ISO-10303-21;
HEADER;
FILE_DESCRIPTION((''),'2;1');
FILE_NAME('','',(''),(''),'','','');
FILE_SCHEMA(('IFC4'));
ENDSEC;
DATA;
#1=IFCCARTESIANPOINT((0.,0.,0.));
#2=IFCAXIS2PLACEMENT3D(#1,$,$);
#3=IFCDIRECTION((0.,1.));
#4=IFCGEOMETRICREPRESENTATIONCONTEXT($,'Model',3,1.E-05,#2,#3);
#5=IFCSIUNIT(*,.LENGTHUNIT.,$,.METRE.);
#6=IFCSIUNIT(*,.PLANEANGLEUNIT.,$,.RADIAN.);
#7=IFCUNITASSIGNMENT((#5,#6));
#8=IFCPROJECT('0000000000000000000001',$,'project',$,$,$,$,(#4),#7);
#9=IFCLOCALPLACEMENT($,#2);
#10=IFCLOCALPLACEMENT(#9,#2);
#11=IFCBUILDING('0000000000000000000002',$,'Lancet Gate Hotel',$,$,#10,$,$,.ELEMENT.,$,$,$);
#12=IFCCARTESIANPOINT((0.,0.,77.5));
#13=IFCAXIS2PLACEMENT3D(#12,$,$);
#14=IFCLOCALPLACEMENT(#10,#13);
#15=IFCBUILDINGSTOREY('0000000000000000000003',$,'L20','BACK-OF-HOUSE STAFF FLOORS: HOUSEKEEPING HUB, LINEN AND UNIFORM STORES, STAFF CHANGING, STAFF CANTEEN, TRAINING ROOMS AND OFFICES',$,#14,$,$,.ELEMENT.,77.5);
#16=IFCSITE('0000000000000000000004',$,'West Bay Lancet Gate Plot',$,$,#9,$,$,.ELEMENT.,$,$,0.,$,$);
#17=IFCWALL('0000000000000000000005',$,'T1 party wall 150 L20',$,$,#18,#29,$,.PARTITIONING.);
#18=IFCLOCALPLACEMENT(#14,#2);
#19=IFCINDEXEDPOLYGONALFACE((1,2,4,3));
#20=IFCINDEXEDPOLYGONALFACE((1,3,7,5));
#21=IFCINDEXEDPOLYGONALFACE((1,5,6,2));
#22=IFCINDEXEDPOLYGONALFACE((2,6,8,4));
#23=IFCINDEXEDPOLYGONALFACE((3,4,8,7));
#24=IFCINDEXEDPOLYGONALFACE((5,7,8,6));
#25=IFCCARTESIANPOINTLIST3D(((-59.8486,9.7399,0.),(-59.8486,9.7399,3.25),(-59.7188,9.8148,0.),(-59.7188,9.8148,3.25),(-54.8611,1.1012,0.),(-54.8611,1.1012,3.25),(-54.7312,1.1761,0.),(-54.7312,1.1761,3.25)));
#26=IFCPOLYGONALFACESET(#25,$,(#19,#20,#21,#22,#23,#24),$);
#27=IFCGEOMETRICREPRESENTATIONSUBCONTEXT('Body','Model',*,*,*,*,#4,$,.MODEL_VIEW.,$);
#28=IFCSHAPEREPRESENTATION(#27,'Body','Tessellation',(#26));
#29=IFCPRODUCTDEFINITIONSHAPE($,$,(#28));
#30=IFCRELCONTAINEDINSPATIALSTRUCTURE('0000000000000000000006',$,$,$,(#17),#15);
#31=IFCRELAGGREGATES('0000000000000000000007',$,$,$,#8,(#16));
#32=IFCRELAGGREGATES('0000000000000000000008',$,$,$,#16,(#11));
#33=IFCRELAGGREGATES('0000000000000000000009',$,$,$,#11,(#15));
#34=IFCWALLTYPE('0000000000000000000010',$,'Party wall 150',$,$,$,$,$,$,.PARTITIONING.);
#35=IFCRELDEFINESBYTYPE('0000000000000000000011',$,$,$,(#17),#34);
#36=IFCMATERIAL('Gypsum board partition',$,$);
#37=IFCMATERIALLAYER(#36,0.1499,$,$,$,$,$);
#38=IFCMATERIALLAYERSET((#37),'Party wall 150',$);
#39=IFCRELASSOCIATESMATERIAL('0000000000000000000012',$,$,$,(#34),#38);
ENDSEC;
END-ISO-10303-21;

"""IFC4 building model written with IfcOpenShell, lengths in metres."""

from ifc_helpers import new_model, si_unit, direction, frame, frame_2d, origin, place, context, subcontext, project, spatial, rectangle, extrude, material, layer, layer_set, type_object, element, save


model = new_model("IFC4")

# Units and contexts
model_context = context("Model", 3, precision=1e-05, world=origin(), true_north=direction((0.0, 1.0)))
body_context = subcontext(model_context, "Body", "Model", "MODEL_VIEW")
ifc_project = project(units=[si_unit("LENGTHUNIT", "METRE"), si_unit("PLANEANGLEUNIT", "RADIAN")], contexts=[model_context])

# Site, building, storey
site_placement = place(None, origin())
site = spatial("IfcSite", under=ifc_project, at=site_placement, Name="West Bay Lancet Gate Plot", CompositionType="ELEMENT", RefElevation=0.0)
building_placement = place(site_placement, origin())
building = spatial("IfcBuilding", under=site, at=building_placement, Name="Lancet Gate Hotel", CompositionType="ELEMENT")
storey_placement = place(building_placement, frame((0.0, 0.0, 77.5)))
storey = spatial("IfcBuildingStorey", under=building, at=storey_placement, Name="L20", Description="BACK-OF-HOUSE STAFF FLOORS: HOUSEKEEPING HUB, LINEN AND UNIFORM STORES, STAFF CHANGING, STAFF CANTEEN, TRAINING ROOMS AND OFFICES", CompositionType="ELEMENT", Elevation=77.5)

# Wall
ifc_material_1 = material(Name="Gypsum board partition")
ifc_layer_1 = layer(ifc_material_1, 0.1499)
ifc_layer_set_1 = layer_set([ifc_layer_1], Name="Party wall 150")
wall_type_1 = type_object("IfcWallType", Name="Party wall 150", PredefinedType="PARTITIONING", material=ifc_layer_set_1)
wall_1_placement = place(storey_placement, frame((-54.7961, 1.1387, 0.0), z_axis=(0.0, 0.0, 1.0), x_axis=(-0.500001, 0.866025, 0.0)))
element("IfcWall", 1, at=wall_1_placement, inside=storey, type_object=wall_type_1, Name="T1 party wall 150 L20", PredefinedType="PARTITIONING", context=body_context, shape_type="SweptSolid", body=[
    extrude(rectangle(XDim=9.9751, YDim=0.1499, at=frame_2d((4.9875, 0.0))), origin(), (0.0, 0.0, 1.0), 3.25),
])

save(model, "model.ifc")
